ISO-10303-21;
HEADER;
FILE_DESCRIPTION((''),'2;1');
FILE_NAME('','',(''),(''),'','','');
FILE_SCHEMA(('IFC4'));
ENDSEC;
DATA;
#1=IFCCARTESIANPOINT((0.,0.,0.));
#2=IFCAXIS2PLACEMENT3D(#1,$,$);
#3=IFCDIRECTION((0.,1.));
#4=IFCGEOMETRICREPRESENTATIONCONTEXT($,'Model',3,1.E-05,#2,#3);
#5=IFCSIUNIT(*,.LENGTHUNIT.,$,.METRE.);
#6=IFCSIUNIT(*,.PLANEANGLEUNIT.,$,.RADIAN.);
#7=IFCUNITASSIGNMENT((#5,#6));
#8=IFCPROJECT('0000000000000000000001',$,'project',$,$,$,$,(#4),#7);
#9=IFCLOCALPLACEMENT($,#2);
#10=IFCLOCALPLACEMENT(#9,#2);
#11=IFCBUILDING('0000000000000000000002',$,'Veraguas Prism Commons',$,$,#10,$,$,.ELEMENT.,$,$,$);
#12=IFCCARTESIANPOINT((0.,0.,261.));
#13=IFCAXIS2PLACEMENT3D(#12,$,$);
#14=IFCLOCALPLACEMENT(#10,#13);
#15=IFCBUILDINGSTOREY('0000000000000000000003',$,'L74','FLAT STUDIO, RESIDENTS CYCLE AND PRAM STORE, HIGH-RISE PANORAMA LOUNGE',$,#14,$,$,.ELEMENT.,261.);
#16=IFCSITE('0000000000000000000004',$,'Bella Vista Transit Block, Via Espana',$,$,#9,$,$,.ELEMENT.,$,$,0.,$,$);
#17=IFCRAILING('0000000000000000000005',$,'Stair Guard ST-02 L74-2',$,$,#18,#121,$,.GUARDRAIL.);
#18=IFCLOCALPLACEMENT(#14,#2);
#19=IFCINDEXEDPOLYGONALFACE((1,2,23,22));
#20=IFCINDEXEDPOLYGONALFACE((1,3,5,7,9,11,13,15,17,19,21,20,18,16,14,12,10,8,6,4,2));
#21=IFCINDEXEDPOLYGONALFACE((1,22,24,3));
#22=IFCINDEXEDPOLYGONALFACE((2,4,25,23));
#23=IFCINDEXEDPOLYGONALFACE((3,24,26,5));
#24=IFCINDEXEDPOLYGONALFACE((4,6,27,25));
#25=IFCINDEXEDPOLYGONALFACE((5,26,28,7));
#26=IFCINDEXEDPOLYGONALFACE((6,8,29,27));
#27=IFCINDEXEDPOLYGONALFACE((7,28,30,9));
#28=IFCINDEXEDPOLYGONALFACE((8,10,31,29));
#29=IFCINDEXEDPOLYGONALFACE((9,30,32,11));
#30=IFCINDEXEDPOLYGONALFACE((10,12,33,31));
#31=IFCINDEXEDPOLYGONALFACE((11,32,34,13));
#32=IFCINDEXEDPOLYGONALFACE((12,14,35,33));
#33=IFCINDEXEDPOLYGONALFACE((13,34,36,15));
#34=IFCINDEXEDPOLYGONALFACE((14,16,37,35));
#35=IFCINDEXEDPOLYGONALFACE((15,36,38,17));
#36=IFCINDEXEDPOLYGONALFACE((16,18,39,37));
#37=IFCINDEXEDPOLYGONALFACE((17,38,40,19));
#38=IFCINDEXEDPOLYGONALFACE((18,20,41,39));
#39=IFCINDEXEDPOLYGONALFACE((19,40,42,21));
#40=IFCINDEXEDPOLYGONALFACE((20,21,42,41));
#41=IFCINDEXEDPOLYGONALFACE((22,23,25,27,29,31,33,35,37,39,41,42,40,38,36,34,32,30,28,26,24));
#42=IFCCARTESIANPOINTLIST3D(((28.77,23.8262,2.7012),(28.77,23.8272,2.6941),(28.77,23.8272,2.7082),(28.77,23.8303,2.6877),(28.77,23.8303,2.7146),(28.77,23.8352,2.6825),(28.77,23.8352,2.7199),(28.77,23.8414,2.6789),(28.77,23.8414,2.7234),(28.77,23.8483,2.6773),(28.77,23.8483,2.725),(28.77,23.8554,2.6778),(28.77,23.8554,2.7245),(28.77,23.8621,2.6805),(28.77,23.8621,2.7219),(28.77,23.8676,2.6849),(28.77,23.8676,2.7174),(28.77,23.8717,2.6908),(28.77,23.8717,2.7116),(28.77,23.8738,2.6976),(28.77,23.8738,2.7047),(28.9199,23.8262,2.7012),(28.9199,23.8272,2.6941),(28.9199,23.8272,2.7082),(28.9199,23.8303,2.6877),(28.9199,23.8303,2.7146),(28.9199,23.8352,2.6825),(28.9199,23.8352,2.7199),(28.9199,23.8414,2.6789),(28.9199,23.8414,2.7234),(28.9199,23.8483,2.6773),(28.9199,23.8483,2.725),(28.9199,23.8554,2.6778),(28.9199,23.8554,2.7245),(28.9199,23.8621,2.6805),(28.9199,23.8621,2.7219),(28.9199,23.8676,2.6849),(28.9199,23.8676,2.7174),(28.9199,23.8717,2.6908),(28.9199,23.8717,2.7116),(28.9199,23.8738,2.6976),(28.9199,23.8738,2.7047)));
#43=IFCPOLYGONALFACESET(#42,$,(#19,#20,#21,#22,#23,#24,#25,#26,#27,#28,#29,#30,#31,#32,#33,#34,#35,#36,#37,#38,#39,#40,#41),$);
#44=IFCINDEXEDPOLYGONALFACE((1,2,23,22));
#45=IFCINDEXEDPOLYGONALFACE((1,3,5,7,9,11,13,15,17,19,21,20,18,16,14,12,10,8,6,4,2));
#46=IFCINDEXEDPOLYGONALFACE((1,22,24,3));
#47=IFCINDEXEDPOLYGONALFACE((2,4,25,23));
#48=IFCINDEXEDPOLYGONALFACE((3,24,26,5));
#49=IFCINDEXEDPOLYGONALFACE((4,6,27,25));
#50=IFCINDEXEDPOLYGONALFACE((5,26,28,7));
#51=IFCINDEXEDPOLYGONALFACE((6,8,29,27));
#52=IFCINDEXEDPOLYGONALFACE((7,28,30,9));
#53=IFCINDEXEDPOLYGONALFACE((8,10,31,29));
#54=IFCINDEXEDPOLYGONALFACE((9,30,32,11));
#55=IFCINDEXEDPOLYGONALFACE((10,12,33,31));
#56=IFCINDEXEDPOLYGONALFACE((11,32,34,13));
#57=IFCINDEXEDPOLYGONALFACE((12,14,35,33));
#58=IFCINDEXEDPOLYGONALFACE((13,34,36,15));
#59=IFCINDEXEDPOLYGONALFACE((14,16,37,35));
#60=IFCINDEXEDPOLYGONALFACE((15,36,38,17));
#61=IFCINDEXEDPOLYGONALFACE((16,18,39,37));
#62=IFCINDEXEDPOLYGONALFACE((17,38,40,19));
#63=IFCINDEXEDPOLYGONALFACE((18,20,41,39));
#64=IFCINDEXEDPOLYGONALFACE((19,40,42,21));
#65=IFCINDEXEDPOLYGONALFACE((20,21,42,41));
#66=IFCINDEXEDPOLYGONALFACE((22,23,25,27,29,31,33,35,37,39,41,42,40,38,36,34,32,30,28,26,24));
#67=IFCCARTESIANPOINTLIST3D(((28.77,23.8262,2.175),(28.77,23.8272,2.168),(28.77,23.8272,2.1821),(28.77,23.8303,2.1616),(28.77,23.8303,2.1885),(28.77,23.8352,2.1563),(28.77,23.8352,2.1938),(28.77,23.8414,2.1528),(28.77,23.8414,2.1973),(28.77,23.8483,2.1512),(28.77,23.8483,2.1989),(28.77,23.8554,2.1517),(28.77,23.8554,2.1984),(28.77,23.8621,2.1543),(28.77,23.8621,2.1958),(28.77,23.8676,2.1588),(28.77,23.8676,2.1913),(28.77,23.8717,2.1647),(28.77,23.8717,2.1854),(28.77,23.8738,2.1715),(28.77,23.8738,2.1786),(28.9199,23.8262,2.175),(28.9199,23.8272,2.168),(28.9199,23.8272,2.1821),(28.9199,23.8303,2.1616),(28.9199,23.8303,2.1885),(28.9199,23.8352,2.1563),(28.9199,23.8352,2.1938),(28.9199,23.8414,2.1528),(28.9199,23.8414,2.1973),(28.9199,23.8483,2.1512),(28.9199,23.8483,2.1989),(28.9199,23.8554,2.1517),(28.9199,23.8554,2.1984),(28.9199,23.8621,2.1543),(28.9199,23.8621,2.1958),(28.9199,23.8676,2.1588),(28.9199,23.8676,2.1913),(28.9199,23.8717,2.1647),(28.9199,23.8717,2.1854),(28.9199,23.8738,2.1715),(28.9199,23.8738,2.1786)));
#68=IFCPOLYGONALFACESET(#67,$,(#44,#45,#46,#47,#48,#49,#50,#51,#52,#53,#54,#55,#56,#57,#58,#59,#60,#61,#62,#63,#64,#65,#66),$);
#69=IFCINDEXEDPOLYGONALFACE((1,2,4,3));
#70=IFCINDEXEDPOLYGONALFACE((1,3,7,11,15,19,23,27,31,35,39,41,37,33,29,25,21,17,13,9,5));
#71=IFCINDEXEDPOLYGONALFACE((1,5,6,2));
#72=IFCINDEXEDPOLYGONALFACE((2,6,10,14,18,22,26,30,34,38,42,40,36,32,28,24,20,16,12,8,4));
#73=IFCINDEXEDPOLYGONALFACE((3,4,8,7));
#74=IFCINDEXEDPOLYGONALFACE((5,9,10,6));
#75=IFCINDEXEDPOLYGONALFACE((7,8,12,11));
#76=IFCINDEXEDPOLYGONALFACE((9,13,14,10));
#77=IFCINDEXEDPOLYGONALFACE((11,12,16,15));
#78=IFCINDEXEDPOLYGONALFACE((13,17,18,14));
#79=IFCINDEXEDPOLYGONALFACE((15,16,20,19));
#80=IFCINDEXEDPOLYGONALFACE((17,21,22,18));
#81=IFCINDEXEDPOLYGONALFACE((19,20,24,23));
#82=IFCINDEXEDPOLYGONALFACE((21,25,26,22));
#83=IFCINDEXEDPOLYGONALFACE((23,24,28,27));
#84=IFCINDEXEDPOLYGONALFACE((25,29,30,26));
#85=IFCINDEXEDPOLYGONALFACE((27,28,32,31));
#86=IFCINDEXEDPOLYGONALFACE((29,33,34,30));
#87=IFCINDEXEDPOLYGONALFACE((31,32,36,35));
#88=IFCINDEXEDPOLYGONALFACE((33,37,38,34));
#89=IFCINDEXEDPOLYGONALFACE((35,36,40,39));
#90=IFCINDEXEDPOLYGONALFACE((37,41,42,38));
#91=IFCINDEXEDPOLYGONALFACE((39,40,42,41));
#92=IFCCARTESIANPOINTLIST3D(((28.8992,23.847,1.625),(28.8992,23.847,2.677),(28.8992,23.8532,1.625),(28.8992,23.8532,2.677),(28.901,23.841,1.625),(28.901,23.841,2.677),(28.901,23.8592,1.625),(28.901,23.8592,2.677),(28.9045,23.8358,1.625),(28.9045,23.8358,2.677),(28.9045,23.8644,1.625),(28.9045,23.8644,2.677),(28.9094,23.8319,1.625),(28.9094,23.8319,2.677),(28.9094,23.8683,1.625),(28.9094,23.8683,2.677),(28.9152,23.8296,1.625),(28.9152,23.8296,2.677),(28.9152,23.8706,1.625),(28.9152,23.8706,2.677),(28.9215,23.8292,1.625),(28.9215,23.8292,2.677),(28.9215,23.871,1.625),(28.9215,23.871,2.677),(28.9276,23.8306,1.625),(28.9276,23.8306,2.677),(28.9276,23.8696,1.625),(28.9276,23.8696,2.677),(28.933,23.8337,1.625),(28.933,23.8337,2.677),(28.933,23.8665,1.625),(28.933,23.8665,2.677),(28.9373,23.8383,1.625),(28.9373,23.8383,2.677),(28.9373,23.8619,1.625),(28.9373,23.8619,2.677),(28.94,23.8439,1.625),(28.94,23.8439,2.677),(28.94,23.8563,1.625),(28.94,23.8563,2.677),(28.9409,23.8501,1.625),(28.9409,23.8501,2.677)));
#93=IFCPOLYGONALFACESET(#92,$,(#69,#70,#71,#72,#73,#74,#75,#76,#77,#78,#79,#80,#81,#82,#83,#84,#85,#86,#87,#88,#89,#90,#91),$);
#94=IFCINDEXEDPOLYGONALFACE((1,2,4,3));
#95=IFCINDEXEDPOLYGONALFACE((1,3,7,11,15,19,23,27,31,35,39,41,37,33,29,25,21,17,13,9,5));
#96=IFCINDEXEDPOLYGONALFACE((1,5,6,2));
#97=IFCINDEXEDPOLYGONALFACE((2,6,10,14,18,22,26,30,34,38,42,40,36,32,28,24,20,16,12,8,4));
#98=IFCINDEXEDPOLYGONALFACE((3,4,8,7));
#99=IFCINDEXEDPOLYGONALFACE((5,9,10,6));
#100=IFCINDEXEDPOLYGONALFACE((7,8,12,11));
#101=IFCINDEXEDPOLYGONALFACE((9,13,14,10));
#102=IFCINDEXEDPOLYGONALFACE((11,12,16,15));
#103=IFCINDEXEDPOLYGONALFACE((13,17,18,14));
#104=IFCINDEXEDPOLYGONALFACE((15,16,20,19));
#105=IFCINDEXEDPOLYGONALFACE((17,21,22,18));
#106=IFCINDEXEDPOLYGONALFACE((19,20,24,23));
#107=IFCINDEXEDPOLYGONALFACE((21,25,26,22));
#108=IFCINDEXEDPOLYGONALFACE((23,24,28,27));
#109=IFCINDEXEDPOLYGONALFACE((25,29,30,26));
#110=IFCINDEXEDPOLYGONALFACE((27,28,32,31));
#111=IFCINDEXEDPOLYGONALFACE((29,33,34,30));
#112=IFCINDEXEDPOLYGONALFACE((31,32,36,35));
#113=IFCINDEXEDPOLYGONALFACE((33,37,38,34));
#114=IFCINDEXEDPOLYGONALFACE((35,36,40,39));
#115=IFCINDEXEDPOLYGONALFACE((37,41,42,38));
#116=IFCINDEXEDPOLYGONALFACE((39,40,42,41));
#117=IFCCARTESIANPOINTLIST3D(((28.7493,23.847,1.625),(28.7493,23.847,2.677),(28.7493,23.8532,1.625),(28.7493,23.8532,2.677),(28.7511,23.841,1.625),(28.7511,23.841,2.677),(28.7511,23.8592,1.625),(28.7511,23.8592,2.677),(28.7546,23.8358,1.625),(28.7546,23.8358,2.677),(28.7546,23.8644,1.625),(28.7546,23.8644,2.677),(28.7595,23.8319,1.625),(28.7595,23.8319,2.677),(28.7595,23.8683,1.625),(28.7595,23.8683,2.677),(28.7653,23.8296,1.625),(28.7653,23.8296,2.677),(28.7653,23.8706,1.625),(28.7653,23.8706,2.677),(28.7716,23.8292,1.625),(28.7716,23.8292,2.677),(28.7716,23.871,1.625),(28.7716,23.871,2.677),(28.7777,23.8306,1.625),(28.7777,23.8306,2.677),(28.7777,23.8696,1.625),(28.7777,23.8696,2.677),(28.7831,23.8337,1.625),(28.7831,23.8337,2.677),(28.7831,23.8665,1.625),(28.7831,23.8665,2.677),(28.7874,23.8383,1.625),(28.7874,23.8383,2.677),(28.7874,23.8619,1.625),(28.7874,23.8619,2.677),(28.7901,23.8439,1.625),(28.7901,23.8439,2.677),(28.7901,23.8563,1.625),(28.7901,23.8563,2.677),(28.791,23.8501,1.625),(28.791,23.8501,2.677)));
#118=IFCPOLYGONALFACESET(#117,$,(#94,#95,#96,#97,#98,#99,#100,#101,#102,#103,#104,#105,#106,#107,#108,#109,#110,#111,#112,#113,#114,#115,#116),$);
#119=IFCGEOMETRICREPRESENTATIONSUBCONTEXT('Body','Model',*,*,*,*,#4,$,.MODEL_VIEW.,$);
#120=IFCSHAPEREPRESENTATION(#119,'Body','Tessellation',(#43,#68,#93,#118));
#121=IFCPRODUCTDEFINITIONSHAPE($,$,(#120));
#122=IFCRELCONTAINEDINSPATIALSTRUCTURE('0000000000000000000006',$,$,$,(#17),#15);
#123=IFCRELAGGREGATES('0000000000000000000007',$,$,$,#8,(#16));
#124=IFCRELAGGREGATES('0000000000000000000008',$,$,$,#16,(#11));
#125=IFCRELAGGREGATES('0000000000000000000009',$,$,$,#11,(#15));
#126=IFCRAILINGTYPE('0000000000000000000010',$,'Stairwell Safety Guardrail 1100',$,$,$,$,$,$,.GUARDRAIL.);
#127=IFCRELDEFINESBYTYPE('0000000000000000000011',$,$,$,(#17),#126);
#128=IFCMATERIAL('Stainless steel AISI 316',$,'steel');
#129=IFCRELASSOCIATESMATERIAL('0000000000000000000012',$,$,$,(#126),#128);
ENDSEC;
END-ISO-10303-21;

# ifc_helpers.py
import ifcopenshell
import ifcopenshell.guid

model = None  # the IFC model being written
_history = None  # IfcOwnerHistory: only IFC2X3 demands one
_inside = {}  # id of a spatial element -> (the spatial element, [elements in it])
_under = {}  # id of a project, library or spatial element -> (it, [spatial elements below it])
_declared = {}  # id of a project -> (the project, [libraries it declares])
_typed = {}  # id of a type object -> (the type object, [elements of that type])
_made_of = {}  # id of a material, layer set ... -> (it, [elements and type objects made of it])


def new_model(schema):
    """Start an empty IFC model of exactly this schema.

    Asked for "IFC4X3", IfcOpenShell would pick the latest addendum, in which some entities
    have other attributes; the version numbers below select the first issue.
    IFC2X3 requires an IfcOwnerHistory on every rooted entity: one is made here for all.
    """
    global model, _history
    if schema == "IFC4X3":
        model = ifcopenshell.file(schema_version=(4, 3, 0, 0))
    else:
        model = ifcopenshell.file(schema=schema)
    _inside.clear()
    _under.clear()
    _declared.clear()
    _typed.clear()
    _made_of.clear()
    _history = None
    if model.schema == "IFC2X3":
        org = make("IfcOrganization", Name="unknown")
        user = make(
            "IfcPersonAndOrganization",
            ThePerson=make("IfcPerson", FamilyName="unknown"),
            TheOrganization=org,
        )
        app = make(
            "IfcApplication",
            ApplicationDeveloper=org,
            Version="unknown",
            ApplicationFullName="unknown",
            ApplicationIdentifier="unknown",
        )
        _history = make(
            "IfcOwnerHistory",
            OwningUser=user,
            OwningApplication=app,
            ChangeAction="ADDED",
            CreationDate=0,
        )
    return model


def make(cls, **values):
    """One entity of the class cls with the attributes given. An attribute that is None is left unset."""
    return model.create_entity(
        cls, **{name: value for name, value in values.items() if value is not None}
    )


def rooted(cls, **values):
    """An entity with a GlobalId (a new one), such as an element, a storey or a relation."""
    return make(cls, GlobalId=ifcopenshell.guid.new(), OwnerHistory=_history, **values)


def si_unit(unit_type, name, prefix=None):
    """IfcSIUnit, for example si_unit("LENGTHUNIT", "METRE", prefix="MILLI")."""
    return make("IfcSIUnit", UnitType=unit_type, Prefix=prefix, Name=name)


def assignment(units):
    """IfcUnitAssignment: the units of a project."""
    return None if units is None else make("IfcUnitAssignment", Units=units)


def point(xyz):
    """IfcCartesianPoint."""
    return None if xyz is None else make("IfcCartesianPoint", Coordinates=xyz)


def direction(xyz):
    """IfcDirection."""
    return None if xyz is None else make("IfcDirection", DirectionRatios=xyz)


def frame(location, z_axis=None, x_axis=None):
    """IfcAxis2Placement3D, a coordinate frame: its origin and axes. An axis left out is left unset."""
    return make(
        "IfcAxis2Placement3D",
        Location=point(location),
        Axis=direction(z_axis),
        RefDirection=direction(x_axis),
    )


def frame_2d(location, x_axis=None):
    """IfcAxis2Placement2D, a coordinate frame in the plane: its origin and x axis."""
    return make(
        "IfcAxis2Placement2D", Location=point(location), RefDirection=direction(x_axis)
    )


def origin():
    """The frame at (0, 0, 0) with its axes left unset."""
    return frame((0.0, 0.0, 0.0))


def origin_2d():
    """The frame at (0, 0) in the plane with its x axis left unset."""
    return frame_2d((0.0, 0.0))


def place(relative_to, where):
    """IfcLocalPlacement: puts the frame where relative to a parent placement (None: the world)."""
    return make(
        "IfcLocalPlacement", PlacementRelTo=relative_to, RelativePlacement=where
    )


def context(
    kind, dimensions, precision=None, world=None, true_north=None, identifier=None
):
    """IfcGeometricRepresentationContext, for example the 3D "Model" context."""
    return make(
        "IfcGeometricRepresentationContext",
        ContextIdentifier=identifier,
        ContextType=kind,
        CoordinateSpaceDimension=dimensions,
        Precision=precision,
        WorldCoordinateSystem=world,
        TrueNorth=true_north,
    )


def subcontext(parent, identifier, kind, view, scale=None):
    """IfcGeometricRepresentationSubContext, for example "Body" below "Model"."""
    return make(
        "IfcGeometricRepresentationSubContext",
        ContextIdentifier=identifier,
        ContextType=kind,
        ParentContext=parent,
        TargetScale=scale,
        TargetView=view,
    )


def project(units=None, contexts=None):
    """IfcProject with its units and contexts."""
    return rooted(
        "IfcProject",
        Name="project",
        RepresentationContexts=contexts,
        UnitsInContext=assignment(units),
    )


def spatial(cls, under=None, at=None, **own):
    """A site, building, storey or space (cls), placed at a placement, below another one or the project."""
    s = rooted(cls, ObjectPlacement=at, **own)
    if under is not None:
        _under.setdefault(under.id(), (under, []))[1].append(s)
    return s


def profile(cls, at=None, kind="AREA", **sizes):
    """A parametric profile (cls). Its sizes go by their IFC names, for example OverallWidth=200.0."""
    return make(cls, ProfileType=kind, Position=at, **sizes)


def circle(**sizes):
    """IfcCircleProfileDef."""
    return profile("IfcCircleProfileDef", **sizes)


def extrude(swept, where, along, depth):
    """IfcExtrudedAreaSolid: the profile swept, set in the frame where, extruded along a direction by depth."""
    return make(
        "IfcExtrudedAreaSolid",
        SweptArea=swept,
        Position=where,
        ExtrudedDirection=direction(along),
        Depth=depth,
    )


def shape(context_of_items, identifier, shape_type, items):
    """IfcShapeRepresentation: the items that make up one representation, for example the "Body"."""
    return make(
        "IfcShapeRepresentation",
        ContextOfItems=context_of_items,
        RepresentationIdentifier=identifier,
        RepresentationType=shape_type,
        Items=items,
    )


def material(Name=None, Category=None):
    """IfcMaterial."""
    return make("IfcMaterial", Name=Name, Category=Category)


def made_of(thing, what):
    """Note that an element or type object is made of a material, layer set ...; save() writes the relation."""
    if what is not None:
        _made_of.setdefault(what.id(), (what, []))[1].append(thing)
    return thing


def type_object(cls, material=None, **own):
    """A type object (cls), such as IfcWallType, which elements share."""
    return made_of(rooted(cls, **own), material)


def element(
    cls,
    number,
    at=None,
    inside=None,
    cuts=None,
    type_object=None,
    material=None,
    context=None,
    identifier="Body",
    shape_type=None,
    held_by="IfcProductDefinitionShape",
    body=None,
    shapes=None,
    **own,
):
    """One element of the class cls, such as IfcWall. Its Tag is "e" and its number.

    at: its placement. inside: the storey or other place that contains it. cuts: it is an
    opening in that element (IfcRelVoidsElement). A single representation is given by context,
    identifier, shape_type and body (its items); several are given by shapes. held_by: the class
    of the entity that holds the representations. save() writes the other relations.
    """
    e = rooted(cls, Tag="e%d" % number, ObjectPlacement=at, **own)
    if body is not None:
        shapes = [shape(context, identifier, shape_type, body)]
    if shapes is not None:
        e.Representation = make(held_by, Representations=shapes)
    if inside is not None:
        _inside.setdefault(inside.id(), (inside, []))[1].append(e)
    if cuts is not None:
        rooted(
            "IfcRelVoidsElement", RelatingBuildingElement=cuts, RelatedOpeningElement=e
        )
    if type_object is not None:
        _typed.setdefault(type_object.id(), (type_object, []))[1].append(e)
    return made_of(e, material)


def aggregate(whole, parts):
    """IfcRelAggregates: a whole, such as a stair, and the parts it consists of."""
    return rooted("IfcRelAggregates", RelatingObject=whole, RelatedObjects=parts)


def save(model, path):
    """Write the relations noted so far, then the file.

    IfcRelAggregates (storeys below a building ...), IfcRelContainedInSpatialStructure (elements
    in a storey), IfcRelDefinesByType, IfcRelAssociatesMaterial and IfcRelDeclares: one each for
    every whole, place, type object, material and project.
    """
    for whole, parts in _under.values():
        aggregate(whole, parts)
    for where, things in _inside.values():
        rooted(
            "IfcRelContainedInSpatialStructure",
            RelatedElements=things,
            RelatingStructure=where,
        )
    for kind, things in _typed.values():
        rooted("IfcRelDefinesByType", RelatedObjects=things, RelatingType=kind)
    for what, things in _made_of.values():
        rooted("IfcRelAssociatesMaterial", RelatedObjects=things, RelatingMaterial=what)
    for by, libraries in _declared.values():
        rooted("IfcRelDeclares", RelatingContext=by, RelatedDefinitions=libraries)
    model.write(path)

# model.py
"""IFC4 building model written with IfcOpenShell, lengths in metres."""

from ifc_helpers import new_model, si_unit, direction, frame, origin, origin_2d, place, context, subcontext, project, spatial, circle, extrude, material, type_object, element, save


model = new_model("IFC4")

# Units and contexts
model_context = context("Model", 3, precision=1e-05, world=origin(), true_north=direction((0.0, 1.0)))
body_context = subcontext(model_context, "Body", "Model", "MODEL_VIEW")
ifc_project = project(units=[si_unit("LENGTHUNIT", "METRE"), si_unit("PLANEANGLEUNIT", "RADIAN")], contexts=[model_context])

# Site, building, storey
site_placement = place(None, origin())
site = spatial("IfcSite", under=ifc_project, at=site_placement, Name="Bella Vista Transit Block, Via Espana", CompositionType="ELEMENT", RefElevation=0.0)
building_placement = place(site_placement, origin())
building = spatial("IfcBuilding", under=site, at=building_placement, Name="Veraguas Prism Commons", CompositionType="ELEMENT")
storey_placement = place(building_placement, frame((0.0, 0.0, 261.0)))
storey = spatial("IfcBuildingStorey", under=building, at=storey_placement, Name="L74", Description="FLAT STUDIO, RESIDENTS CYCLE AND PRAM STORE, HIGH-RISE PANORAMA LOUNGE", CompositionType="ELEMENT", Elevation=261.0)

# Railing
ifc_material_1 = material(Name="Stainless steel AISI 316", Category="steel")
railing_type_1 = type_object("IfcRailingType", Name="Stairwell Safety Guardrail 1100", PredefinedType="GUARDRAIL", material=ifc_material_1)
railing_1_placement = place(storey_placement, frame((28.9199, 23.8501, 1.625)))
element("IfcRailing", 1, at=railing_1_placement, inside=storey, type_object=railing_type_1, Name="Stair Guard ST-02 L74-2", PredefinedType="GUARDRAIL", context=body_context, shape_type="SweptSolid", body=[
    extrude(circle(Radius=0.0239, at=origin_2d()), frame((0.0, 0.0, 1.0762), z_axis=(-1.0, 0.0, 0.0), x_axis=(0.0, -1.0, 0.0)), (0.0, 0.0, 1.0), 0.1499),
    extrude(circle(Radius=0.0239, at=origin_2d()), frame((0.0, 0.0, 0.55), z_axis=(-1.0, 0.0, 0.0), x_axis=(0.0, -1.0, 0.0)), (0.0, 0.0, 1.0), 0.1499),
    extrude(circle(Radius=0.021, at=origin_2d()), origin(), (0.0, 0.0, 1.0), 1.052),
    extrude(circle(Radius=0.021, at=origin_2d()), frame((-0.1499, 0.0, 0.0)), (0.0, 0.0, 1.0), 1.052),
])

save(model, "model.ifc")
